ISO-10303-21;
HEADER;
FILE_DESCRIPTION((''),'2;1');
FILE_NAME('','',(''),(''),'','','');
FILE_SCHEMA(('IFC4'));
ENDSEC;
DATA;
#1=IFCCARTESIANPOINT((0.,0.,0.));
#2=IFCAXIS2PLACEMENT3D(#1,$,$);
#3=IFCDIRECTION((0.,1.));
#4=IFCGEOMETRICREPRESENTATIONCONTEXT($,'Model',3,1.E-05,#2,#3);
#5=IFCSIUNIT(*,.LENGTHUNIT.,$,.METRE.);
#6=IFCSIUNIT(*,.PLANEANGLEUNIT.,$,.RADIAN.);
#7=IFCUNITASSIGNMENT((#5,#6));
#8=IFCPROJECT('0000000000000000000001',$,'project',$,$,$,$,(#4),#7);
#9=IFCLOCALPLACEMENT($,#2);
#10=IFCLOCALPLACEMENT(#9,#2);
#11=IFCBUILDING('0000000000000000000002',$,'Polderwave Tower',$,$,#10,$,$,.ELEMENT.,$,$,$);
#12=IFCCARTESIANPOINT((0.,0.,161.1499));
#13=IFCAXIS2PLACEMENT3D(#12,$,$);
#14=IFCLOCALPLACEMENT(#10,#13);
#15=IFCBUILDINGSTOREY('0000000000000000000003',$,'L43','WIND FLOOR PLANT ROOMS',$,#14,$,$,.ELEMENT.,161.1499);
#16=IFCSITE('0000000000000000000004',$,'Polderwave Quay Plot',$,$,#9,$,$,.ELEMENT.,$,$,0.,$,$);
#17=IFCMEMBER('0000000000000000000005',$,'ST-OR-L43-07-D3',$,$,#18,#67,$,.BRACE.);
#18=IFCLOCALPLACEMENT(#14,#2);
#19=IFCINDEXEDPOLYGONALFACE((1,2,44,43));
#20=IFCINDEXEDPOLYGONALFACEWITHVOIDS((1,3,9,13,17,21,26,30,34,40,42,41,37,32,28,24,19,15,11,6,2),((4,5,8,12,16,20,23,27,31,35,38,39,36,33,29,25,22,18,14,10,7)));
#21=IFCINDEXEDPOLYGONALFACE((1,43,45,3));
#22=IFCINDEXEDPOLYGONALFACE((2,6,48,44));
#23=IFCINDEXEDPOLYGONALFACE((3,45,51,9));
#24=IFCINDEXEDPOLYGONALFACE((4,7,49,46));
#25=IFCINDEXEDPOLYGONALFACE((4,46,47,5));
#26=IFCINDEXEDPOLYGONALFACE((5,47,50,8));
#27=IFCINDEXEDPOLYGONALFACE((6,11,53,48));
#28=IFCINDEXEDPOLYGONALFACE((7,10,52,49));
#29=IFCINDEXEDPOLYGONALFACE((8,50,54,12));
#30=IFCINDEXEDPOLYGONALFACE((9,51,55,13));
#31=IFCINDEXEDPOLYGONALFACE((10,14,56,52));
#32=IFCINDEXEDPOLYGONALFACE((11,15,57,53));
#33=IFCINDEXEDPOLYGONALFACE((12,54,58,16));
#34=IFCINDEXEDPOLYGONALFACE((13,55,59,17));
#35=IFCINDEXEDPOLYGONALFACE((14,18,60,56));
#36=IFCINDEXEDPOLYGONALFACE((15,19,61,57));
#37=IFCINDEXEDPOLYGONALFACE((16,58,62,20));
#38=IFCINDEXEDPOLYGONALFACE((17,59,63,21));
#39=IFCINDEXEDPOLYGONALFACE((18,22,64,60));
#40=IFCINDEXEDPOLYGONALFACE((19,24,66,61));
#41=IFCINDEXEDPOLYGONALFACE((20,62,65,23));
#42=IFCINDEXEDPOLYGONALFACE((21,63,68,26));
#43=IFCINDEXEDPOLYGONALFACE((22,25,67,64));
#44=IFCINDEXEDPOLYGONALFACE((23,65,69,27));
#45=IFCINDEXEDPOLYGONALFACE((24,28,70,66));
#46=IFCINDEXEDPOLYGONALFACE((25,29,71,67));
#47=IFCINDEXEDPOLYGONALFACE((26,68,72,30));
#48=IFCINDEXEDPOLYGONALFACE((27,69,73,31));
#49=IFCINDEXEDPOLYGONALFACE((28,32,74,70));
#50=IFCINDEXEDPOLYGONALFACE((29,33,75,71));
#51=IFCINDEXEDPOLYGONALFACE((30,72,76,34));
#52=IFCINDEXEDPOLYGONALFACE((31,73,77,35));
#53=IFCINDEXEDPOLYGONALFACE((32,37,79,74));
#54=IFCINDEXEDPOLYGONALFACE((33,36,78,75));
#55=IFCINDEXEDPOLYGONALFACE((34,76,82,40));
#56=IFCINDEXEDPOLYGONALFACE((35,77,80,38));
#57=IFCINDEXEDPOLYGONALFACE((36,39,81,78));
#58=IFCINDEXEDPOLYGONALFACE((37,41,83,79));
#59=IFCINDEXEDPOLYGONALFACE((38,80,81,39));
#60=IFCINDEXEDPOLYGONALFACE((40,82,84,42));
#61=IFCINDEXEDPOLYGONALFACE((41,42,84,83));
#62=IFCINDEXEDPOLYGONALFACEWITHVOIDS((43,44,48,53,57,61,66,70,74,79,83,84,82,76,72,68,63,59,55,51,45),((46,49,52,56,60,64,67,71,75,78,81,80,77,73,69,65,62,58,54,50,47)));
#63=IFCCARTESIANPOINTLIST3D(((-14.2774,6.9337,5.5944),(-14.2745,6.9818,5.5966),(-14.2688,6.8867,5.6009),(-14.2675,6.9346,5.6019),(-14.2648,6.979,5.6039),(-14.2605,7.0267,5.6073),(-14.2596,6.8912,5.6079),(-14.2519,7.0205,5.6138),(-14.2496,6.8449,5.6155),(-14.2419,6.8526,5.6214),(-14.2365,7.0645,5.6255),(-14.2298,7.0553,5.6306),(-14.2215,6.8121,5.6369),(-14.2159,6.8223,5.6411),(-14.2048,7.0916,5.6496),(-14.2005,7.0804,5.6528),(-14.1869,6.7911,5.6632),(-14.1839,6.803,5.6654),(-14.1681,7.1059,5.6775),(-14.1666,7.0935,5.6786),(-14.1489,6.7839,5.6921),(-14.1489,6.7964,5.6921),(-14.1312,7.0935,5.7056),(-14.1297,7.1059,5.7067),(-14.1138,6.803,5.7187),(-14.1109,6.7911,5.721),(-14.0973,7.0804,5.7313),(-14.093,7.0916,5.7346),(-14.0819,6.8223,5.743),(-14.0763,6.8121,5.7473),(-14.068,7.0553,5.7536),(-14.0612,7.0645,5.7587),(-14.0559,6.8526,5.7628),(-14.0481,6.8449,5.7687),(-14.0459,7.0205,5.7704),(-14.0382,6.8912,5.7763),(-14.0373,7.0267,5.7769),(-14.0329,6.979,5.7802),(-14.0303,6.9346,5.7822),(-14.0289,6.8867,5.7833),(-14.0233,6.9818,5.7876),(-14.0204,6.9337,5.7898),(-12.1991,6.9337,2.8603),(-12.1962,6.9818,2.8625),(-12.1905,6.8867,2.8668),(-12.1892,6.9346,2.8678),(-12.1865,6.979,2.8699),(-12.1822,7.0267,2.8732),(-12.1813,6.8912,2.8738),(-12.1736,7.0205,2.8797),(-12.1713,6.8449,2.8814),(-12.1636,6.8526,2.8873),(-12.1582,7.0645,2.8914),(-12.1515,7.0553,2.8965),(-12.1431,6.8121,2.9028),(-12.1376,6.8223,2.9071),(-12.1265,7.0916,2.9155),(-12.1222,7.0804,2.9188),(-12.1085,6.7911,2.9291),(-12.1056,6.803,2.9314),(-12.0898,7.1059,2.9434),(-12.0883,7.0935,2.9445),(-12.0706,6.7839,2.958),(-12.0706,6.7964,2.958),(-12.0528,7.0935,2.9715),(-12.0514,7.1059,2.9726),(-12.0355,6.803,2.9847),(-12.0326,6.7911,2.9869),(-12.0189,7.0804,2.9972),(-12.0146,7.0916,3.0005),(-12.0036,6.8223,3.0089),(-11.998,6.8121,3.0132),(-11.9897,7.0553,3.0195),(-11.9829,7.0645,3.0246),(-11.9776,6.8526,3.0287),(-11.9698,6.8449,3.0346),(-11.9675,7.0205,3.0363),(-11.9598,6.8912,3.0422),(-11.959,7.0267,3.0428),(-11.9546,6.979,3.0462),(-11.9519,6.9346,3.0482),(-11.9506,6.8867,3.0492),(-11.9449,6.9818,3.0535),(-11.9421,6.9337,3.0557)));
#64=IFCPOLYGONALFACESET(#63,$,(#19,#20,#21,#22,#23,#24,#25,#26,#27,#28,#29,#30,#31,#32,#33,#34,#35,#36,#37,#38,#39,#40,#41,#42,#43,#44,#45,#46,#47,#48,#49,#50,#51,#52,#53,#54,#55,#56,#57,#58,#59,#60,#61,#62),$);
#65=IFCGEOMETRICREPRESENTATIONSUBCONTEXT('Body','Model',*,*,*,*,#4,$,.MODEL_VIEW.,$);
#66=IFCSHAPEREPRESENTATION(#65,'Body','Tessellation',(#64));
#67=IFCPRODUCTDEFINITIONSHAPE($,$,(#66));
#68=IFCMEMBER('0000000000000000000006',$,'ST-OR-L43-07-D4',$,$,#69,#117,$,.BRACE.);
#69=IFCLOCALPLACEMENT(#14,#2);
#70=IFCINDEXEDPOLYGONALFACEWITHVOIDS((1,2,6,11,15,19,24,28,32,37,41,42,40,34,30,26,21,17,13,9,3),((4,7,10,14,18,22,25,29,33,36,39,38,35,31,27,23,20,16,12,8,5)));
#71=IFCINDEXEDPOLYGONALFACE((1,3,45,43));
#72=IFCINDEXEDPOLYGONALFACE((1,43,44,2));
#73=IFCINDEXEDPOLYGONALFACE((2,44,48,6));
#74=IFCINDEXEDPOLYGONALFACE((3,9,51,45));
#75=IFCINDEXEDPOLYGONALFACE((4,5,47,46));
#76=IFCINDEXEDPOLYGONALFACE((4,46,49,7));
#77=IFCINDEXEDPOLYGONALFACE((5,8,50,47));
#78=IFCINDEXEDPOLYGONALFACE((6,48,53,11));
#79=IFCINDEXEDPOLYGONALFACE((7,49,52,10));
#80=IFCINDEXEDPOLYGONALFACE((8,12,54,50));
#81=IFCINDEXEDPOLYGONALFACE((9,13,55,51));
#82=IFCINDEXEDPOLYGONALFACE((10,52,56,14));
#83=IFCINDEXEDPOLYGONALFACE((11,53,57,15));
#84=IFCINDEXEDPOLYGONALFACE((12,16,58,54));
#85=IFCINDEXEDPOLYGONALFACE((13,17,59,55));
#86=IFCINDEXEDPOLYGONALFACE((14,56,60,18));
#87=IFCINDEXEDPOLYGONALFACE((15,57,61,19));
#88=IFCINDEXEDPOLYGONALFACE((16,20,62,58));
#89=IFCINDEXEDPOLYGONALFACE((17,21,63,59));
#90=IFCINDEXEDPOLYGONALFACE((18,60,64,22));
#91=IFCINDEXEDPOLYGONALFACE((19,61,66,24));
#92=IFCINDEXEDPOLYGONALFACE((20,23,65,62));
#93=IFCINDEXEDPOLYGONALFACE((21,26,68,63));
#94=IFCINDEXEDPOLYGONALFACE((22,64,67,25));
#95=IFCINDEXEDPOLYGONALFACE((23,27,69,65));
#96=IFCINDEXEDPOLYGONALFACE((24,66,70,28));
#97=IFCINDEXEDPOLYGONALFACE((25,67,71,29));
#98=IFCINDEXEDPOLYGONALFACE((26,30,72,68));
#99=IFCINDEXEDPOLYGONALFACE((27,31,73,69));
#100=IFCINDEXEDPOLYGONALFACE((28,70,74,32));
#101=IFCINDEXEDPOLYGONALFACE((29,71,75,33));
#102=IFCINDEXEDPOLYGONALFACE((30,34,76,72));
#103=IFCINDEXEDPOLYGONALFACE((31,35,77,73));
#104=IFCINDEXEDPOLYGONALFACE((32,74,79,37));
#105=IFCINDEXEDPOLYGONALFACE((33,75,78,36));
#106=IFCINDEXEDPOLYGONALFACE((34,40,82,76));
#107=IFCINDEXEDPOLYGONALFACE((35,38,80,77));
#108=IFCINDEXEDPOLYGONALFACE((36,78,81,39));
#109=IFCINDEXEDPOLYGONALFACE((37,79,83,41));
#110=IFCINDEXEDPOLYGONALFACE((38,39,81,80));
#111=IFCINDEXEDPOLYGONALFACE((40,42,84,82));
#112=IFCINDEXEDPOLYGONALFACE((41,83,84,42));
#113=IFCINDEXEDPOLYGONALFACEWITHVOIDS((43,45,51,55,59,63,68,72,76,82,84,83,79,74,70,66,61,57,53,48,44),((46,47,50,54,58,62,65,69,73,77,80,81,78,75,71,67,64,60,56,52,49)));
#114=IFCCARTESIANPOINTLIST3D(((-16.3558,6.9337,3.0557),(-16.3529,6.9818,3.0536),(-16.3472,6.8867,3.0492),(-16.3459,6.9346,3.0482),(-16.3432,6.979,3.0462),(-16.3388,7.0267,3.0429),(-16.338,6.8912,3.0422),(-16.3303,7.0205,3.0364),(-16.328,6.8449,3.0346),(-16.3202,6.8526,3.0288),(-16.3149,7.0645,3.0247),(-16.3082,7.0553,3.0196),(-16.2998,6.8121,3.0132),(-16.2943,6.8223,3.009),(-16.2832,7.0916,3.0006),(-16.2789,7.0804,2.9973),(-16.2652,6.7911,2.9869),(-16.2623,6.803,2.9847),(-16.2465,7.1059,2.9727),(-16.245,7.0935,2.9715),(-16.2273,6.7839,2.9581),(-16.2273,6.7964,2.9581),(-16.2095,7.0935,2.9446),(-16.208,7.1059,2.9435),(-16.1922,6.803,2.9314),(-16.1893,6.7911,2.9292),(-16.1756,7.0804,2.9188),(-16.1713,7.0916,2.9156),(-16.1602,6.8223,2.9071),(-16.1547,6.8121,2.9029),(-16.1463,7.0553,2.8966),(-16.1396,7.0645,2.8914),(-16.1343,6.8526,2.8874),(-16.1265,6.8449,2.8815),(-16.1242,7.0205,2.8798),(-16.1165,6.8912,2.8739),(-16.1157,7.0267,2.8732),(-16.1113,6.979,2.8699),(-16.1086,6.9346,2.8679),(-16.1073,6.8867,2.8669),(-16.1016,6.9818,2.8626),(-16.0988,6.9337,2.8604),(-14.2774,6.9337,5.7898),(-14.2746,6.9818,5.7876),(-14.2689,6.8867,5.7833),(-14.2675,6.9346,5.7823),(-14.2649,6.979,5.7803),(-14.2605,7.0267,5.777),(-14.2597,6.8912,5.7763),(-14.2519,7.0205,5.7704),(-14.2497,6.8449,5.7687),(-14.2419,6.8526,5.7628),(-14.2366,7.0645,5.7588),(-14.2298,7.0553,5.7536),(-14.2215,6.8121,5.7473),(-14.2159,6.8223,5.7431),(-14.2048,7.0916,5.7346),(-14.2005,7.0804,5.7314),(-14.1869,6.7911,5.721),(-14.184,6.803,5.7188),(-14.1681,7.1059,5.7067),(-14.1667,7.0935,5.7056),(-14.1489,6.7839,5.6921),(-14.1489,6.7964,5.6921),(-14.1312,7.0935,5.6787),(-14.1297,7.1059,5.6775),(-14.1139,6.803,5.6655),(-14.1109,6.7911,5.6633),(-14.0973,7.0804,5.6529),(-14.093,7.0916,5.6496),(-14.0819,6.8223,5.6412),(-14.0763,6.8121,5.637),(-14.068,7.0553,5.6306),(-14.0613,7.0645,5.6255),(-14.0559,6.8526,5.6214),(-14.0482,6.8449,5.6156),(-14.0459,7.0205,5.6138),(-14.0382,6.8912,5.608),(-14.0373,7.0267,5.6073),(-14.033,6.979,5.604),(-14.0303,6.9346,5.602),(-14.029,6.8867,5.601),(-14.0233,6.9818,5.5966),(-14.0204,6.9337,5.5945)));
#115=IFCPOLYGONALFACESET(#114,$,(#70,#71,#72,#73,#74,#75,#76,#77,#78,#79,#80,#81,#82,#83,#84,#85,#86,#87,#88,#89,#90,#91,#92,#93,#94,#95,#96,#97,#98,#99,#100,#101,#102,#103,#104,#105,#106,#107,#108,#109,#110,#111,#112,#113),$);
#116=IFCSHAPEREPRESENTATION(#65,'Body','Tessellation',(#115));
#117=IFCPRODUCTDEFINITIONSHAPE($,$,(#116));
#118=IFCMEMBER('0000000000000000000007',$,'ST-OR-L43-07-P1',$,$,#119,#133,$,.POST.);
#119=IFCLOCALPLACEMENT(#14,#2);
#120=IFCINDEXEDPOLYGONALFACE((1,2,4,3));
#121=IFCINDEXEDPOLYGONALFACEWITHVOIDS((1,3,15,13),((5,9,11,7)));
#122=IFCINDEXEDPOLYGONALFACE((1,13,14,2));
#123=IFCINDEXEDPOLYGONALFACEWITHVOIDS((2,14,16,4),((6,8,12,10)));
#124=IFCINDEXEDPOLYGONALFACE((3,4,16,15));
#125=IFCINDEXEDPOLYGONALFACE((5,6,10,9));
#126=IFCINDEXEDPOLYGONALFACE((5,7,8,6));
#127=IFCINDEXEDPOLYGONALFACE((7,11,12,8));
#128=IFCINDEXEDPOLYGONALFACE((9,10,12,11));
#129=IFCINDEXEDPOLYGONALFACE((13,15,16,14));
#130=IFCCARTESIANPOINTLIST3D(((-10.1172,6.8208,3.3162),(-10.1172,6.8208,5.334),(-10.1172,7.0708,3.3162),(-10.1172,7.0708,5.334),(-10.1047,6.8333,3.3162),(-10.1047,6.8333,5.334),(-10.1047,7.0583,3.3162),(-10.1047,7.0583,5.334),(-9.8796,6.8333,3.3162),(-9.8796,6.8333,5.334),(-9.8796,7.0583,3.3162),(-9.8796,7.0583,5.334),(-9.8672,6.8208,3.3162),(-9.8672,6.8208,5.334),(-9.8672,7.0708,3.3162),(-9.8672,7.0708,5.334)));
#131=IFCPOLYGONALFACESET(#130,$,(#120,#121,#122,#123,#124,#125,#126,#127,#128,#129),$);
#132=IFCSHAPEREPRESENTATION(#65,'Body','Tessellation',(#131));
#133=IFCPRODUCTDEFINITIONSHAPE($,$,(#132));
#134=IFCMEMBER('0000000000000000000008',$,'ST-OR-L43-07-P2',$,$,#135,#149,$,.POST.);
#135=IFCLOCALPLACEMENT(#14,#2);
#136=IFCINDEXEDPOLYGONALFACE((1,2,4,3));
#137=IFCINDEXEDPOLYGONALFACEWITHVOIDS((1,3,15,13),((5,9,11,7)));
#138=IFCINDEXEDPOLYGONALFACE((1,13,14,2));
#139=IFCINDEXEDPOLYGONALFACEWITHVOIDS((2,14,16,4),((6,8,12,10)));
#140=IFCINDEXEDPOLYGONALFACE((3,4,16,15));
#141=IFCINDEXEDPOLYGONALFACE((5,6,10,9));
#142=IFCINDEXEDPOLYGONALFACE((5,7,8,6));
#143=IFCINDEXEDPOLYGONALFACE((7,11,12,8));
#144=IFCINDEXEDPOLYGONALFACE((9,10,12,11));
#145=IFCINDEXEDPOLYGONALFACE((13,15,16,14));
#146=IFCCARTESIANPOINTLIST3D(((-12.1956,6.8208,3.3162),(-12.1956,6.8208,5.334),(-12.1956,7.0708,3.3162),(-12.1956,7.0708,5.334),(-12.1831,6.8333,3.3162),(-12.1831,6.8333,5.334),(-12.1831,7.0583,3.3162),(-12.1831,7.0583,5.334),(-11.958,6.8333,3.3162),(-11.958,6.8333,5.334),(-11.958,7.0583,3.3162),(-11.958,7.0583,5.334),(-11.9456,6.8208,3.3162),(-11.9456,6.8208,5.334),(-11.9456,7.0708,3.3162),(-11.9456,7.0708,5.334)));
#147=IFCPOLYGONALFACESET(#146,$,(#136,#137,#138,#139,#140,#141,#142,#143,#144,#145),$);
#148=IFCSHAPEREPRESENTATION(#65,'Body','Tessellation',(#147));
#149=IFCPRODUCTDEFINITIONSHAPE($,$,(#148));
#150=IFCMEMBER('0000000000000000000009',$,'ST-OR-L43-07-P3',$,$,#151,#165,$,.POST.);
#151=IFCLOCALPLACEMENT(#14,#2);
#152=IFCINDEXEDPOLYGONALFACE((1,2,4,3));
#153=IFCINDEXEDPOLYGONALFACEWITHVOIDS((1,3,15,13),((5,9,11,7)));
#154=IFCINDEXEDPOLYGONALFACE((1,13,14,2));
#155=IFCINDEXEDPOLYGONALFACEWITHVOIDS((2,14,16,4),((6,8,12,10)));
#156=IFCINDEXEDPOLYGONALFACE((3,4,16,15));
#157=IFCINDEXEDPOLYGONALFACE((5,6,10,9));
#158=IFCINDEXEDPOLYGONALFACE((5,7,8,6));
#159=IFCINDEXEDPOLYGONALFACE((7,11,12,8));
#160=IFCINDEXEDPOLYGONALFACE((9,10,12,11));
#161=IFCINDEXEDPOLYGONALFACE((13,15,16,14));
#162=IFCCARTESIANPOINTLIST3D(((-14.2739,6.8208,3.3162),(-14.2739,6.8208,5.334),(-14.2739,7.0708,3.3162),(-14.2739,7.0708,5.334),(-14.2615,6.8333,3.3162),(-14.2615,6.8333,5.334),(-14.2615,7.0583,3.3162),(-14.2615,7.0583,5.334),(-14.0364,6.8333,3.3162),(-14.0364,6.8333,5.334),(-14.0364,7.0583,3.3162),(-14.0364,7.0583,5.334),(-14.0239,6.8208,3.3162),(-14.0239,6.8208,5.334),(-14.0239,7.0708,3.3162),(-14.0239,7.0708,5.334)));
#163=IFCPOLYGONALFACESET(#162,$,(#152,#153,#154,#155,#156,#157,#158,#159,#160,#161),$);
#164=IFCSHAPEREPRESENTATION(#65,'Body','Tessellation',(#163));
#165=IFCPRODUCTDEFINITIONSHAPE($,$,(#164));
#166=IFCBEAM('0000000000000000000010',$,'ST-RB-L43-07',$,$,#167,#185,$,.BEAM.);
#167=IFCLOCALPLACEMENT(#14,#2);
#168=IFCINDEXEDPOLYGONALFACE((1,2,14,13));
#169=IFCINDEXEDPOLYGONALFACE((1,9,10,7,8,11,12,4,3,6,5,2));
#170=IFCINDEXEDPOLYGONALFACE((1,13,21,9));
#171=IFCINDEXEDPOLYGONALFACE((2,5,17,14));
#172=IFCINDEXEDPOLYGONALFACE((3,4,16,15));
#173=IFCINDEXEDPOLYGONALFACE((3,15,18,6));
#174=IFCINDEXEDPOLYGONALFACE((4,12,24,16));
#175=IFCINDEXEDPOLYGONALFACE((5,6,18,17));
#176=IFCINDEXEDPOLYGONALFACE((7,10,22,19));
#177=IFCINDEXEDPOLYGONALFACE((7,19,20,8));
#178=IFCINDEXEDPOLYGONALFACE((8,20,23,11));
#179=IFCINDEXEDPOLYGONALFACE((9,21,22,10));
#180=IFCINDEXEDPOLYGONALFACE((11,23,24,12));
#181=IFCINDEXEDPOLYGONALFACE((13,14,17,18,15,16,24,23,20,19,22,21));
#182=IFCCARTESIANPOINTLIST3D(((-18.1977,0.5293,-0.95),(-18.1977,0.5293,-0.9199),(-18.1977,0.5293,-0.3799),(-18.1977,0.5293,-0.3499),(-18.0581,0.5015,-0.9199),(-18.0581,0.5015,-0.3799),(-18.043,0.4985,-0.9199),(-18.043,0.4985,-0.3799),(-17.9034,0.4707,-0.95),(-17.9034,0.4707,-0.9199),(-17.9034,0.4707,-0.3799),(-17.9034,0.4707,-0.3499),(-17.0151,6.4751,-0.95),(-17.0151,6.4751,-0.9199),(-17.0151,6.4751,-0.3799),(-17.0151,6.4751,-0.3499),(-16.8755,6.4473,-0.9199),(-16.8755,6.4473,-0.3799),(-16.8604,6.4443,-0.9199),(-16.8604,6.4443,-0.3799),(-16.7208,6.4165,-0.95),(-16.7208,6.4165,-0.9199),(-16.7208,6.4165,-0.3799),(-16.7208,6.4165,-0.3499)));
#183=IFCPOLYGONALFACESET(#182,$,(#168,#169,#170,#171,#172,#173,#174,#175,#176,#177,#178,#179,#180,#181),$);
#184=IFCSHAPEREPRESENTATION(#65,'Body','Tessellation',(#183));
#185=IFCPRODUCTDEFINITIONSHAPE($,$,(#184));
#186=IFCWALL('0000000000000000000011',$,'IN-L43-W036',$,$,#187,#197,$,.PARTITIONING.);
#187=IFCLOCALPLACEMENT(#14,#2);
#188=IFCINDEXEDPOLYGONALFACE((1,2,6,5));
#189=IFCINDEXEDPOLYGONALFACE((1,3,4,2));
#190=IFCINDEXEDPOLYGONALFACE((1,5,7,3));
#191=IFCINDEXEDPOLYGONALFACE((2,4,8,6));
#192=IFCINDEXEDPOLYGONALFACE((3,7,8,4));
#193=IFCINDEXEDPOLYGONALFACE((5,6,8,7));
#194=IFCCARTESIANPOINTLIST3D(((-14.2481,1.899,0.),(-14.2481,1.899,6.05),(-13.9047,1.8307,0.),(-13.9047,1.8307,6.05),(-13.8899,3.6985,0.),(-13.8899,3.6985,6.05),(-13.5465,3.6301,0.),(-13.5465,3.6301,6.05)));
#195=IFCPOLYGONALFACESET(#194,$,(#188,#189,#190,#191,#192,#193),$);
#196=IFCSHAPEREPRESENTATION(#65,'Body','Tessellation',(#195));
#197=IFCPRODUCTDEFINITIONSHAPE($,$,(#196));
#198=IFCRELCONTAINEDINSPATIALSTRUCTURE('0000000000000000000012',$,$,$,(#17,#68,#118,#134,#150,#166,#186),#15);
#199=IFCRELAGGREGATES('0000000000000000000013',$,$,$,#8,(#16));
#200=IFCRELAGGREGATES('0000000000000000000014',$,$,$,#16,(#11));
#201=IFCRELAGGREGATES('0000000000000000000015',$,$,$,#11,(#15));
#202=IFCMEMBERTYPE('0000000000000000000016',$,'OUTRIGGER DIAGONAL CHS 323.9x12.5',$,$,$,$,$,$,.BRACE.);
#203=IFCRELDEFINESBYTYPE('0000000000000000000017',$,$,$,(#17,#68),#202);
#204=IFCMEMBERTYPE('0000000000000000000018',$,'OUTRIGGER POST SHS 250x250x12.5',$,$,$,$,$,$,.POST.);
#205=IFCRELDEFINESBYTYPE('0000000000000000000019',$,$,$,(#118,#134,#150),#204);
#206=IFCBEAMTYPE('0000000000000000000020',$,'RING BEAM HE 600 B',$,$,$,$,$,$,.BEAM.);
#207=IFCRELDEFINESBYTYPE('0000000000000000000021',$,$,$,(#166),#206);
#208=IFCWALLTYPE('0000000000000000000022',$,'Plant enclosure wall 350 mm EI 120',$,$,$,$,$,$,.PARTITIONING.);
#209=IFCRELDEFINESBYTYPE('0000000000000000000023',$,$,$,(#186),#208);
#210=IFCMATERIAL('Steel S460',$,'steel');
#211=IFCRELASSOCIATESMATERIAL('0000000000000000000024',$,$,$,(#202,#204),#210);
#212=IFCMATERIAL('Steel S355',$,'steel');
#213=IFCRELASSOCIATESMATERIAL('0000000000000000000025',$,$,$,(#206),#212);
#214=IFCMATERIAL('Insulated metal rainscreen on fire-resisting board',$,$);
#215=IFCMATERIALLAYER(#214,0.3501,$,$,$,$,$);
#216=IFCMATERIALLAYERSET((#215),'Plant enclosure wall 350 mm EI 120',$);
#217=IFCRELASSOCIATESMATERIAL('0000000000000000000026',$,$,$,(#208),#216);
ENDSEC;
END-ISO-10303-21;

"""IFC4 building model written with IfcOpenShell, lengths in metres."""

from ifc_helpers import new_model, si_unit, direction, frame, frame_2d, origin, origin_2d, place, context, subcontext, project, spatial, rectangle, hollow_rectangle, hollow_circle, i_section, extrude, material, layer, layer_set, material_profile, profile_set, type_object, element, save


model = new_model("IFC4")

# Units and contexts
model_context = context("Model", 3, precision=1e-05, world=origin(), true_north=direction((0.0, 1.0)))
body_context = subcontext(model_context, "Body", "Model", "MODEL_VIEW")
ifc_project = project(units=[si_unit("LENGTHUNIT", "METRE"), si_unit("PLANEANGLEUNIT", "RADIAN")], contexts=[model_context])

# Site, building, storey
site_placement = place(None, origin())
site = spatial("IfcSite", under=ifc_project, at=site_placement, Name="Polderwave Quay Plot", CompositionType="ELEMENT", RefElevation=0.0)
building_placement = place(site_placement, origin())
building = spatial("IfcBuilding", under=site, at=building_placement, Name="Polderwave Tower", CompositionType="ELEMENT")
storey_placement = place(building_placement, frame((0.0, 0.0, 161.1499)))
storey = spatial("IfcBuildingStorey", under=building, at=storey_placement, Name="L43", Description="WIND FLOOR PLANT ROOMS", CompositionType="ELEMENT", Elevation=161.1499)

# Members
ifc_material_1 = material(Name="Steel S460", Category="steel")
ifc_material_profile_1 = material_profile(ifc_material_1, hollow_circle(Radius=0.1619, WallThickness=0.0125, at=origin_2d()), Name="CHS 323.9x12.5")
ifc_profile_set_1 = profile_set([ifc_material_profile_1], Name="Steel S460")
member_type_1 = type_object("IfcMemberType", Name="OUTRIGGER DIAGONAL CHS 323.9x12.5", PredefinedType="BRACE", material=ifc_profile_set_1)
for number, where, z_axis, x_axis, name in (
    (1, (-12.0706, 6.9458, 2.958), (-0.605163, 0.0, 0.796102), (0.0, -1.0, 0.0), "ST-OR-L43-07-D3"),
    (2, (-14.1489, 6.9458, 5.6921), (-0.605163, 0.0, -0.796102), (0.0, -1.0, 0.0), "ST-OR-L43-07-D4"),
):
    element("IfcMember", number, at=place(storey_placement, frame(where, z_axis=z_axis, x_axis=x_axis)), inside=storey, type_object=member_type_1, Name=name, PredefinedType="BRACE", context=body_context, shape_type="SweptSolid", body=[
        extrude(hollow_circle(Radius=0.1619, WallThickness=0.0125, at=origin_2d()), origin(), (0.0, 0.0, 1.0), 3.4343),
    ])
ifc_material_profile_2 = material_profile(ifc_material_1, hollow_rectangle(XDim=0.25, YDim=0.25, WallThickness=0.0125, at=origin_2d()), Name="SHS 250x250x12.5")
ifc_profile_set_2 = profile_set([ifc_material_profile_2], Name="Steel S460")
member_type_2 = type_object("IfcMemberType", Name="OUTRIGGER POST SHS 250x250x12.5", PredefinedType="POST", material=ifc_profile_set_2)
for number, where, z_axis, x_axis, name in (
    (3, (-9.9922, 6.9458, 3.3162), (0.0, 0.0, 1.0), (1.0, 0.0, 0.0), "ST-OR-L43-07-P1"),
    (4, (-12.0706, 6.9458, 3.3162), (0.0, 0.0, 1.0), (1.0, 0.0, 0.0), "ST-OR-L43-07-P2"),
    (5, (-14.1489, 6.9458, 3.3162), (0.0, 0.0, 1.0), (1.0, 0.0, 0.0), "ST-OR-L43-07-P3"),
):
    element("IfcMember", number, at=place(storey_placement, frame(where, z_axis=z_axis, x_axis=x_axis)), inside=storey, type_object=member_type_2, Name=name, PredefinedType="POST", context=body_context, shape_type="SweptSolid", body=[
        extrude(hollow_rectangle(XDim=0.25, YDim=0.25, WallThickness=0.0125, at=origin_2d()), origin(), (0.0, 0.0, 1.0), 2.0178),
    ])

# Beam
ifc_material_2 = material(Name="Steel S355", Category="steel")
ifc_material_profile_3 = material_profile(ifc_material_2, i_section(OverallWidth=0.3, OverallDepth=0.6001, WebThickness=0.0154, FlangeThickness=0.03, at=origin_2d()), Name="HE 600 B")
ifc_profile_set_3 = profile_set([ifc_material_profile_3], Name="Steel S355")
beam_type = type_object("IfcBeamType", Name="RING BEAM HE 600 B", PredefinedType="BEAM", material=ifc_profile_set_3)
beam_placement = place(storey_placement, frame((-16.8679, 6.4458, -0.6499), z_axis=(-0.195078, -0.980788, 0.0), x_axis=(0.980788, -0.195078, 0.0)))
element("IfcBeam", 6, at=beam_placement, inside=storey, type_object=beam_type, Name="ST-RB-L43-07", PredefinedType="BEAM", context=body_context, shape_type="SweptSolid", body=[
    extrude(i_section(OverallWidth=0.3, OverallDepth=0.6001, WebThickness=0.0154, FlangeThickness=0.03, at=origin_2d()), origin(), (0.0, 0.0, 1.0), 6.0623),
])

# Wall
ifc_material_3 = material(Name="Insulated metal rainscreen on fire-resisting board")
ifc_layer_1 = layer(ifc_material_3, 0.3501)
ifc_layer_set_1 = layer_set([ifc_layer_1], Name="Plant enclosure wall 350 mm EI 120")
wall_type_1 = type_object("IfcWallType", Name="Plant enclosure wall 350 mm EI 120", PredefinedType="PARTITIONING", material=ifc_layer_set_1)
wall_1_placement = place(storey_placement, frame((-14.0764, 1.8647, 0.0), z_axis=(0.0, 0.0, 1.0), x_axis=(0.19522, 0.980759, 0.0)))
element("IfcWall", 7, at=wall_1_placement, inside=storey, type_object=wall_type_1, Name="IN-L43-W036", PredefinedType="PARTITIONING", context=body_context, shape_type="SweptSolid", body=[
    extrude(rectangle(XDim=1.8347, YDim=0.3501, at=frame_2d((0.9175, 0.0))), origin(), (0.0, 0.0, 1.0), 6.05),
])

save(model, "model.ifc")
